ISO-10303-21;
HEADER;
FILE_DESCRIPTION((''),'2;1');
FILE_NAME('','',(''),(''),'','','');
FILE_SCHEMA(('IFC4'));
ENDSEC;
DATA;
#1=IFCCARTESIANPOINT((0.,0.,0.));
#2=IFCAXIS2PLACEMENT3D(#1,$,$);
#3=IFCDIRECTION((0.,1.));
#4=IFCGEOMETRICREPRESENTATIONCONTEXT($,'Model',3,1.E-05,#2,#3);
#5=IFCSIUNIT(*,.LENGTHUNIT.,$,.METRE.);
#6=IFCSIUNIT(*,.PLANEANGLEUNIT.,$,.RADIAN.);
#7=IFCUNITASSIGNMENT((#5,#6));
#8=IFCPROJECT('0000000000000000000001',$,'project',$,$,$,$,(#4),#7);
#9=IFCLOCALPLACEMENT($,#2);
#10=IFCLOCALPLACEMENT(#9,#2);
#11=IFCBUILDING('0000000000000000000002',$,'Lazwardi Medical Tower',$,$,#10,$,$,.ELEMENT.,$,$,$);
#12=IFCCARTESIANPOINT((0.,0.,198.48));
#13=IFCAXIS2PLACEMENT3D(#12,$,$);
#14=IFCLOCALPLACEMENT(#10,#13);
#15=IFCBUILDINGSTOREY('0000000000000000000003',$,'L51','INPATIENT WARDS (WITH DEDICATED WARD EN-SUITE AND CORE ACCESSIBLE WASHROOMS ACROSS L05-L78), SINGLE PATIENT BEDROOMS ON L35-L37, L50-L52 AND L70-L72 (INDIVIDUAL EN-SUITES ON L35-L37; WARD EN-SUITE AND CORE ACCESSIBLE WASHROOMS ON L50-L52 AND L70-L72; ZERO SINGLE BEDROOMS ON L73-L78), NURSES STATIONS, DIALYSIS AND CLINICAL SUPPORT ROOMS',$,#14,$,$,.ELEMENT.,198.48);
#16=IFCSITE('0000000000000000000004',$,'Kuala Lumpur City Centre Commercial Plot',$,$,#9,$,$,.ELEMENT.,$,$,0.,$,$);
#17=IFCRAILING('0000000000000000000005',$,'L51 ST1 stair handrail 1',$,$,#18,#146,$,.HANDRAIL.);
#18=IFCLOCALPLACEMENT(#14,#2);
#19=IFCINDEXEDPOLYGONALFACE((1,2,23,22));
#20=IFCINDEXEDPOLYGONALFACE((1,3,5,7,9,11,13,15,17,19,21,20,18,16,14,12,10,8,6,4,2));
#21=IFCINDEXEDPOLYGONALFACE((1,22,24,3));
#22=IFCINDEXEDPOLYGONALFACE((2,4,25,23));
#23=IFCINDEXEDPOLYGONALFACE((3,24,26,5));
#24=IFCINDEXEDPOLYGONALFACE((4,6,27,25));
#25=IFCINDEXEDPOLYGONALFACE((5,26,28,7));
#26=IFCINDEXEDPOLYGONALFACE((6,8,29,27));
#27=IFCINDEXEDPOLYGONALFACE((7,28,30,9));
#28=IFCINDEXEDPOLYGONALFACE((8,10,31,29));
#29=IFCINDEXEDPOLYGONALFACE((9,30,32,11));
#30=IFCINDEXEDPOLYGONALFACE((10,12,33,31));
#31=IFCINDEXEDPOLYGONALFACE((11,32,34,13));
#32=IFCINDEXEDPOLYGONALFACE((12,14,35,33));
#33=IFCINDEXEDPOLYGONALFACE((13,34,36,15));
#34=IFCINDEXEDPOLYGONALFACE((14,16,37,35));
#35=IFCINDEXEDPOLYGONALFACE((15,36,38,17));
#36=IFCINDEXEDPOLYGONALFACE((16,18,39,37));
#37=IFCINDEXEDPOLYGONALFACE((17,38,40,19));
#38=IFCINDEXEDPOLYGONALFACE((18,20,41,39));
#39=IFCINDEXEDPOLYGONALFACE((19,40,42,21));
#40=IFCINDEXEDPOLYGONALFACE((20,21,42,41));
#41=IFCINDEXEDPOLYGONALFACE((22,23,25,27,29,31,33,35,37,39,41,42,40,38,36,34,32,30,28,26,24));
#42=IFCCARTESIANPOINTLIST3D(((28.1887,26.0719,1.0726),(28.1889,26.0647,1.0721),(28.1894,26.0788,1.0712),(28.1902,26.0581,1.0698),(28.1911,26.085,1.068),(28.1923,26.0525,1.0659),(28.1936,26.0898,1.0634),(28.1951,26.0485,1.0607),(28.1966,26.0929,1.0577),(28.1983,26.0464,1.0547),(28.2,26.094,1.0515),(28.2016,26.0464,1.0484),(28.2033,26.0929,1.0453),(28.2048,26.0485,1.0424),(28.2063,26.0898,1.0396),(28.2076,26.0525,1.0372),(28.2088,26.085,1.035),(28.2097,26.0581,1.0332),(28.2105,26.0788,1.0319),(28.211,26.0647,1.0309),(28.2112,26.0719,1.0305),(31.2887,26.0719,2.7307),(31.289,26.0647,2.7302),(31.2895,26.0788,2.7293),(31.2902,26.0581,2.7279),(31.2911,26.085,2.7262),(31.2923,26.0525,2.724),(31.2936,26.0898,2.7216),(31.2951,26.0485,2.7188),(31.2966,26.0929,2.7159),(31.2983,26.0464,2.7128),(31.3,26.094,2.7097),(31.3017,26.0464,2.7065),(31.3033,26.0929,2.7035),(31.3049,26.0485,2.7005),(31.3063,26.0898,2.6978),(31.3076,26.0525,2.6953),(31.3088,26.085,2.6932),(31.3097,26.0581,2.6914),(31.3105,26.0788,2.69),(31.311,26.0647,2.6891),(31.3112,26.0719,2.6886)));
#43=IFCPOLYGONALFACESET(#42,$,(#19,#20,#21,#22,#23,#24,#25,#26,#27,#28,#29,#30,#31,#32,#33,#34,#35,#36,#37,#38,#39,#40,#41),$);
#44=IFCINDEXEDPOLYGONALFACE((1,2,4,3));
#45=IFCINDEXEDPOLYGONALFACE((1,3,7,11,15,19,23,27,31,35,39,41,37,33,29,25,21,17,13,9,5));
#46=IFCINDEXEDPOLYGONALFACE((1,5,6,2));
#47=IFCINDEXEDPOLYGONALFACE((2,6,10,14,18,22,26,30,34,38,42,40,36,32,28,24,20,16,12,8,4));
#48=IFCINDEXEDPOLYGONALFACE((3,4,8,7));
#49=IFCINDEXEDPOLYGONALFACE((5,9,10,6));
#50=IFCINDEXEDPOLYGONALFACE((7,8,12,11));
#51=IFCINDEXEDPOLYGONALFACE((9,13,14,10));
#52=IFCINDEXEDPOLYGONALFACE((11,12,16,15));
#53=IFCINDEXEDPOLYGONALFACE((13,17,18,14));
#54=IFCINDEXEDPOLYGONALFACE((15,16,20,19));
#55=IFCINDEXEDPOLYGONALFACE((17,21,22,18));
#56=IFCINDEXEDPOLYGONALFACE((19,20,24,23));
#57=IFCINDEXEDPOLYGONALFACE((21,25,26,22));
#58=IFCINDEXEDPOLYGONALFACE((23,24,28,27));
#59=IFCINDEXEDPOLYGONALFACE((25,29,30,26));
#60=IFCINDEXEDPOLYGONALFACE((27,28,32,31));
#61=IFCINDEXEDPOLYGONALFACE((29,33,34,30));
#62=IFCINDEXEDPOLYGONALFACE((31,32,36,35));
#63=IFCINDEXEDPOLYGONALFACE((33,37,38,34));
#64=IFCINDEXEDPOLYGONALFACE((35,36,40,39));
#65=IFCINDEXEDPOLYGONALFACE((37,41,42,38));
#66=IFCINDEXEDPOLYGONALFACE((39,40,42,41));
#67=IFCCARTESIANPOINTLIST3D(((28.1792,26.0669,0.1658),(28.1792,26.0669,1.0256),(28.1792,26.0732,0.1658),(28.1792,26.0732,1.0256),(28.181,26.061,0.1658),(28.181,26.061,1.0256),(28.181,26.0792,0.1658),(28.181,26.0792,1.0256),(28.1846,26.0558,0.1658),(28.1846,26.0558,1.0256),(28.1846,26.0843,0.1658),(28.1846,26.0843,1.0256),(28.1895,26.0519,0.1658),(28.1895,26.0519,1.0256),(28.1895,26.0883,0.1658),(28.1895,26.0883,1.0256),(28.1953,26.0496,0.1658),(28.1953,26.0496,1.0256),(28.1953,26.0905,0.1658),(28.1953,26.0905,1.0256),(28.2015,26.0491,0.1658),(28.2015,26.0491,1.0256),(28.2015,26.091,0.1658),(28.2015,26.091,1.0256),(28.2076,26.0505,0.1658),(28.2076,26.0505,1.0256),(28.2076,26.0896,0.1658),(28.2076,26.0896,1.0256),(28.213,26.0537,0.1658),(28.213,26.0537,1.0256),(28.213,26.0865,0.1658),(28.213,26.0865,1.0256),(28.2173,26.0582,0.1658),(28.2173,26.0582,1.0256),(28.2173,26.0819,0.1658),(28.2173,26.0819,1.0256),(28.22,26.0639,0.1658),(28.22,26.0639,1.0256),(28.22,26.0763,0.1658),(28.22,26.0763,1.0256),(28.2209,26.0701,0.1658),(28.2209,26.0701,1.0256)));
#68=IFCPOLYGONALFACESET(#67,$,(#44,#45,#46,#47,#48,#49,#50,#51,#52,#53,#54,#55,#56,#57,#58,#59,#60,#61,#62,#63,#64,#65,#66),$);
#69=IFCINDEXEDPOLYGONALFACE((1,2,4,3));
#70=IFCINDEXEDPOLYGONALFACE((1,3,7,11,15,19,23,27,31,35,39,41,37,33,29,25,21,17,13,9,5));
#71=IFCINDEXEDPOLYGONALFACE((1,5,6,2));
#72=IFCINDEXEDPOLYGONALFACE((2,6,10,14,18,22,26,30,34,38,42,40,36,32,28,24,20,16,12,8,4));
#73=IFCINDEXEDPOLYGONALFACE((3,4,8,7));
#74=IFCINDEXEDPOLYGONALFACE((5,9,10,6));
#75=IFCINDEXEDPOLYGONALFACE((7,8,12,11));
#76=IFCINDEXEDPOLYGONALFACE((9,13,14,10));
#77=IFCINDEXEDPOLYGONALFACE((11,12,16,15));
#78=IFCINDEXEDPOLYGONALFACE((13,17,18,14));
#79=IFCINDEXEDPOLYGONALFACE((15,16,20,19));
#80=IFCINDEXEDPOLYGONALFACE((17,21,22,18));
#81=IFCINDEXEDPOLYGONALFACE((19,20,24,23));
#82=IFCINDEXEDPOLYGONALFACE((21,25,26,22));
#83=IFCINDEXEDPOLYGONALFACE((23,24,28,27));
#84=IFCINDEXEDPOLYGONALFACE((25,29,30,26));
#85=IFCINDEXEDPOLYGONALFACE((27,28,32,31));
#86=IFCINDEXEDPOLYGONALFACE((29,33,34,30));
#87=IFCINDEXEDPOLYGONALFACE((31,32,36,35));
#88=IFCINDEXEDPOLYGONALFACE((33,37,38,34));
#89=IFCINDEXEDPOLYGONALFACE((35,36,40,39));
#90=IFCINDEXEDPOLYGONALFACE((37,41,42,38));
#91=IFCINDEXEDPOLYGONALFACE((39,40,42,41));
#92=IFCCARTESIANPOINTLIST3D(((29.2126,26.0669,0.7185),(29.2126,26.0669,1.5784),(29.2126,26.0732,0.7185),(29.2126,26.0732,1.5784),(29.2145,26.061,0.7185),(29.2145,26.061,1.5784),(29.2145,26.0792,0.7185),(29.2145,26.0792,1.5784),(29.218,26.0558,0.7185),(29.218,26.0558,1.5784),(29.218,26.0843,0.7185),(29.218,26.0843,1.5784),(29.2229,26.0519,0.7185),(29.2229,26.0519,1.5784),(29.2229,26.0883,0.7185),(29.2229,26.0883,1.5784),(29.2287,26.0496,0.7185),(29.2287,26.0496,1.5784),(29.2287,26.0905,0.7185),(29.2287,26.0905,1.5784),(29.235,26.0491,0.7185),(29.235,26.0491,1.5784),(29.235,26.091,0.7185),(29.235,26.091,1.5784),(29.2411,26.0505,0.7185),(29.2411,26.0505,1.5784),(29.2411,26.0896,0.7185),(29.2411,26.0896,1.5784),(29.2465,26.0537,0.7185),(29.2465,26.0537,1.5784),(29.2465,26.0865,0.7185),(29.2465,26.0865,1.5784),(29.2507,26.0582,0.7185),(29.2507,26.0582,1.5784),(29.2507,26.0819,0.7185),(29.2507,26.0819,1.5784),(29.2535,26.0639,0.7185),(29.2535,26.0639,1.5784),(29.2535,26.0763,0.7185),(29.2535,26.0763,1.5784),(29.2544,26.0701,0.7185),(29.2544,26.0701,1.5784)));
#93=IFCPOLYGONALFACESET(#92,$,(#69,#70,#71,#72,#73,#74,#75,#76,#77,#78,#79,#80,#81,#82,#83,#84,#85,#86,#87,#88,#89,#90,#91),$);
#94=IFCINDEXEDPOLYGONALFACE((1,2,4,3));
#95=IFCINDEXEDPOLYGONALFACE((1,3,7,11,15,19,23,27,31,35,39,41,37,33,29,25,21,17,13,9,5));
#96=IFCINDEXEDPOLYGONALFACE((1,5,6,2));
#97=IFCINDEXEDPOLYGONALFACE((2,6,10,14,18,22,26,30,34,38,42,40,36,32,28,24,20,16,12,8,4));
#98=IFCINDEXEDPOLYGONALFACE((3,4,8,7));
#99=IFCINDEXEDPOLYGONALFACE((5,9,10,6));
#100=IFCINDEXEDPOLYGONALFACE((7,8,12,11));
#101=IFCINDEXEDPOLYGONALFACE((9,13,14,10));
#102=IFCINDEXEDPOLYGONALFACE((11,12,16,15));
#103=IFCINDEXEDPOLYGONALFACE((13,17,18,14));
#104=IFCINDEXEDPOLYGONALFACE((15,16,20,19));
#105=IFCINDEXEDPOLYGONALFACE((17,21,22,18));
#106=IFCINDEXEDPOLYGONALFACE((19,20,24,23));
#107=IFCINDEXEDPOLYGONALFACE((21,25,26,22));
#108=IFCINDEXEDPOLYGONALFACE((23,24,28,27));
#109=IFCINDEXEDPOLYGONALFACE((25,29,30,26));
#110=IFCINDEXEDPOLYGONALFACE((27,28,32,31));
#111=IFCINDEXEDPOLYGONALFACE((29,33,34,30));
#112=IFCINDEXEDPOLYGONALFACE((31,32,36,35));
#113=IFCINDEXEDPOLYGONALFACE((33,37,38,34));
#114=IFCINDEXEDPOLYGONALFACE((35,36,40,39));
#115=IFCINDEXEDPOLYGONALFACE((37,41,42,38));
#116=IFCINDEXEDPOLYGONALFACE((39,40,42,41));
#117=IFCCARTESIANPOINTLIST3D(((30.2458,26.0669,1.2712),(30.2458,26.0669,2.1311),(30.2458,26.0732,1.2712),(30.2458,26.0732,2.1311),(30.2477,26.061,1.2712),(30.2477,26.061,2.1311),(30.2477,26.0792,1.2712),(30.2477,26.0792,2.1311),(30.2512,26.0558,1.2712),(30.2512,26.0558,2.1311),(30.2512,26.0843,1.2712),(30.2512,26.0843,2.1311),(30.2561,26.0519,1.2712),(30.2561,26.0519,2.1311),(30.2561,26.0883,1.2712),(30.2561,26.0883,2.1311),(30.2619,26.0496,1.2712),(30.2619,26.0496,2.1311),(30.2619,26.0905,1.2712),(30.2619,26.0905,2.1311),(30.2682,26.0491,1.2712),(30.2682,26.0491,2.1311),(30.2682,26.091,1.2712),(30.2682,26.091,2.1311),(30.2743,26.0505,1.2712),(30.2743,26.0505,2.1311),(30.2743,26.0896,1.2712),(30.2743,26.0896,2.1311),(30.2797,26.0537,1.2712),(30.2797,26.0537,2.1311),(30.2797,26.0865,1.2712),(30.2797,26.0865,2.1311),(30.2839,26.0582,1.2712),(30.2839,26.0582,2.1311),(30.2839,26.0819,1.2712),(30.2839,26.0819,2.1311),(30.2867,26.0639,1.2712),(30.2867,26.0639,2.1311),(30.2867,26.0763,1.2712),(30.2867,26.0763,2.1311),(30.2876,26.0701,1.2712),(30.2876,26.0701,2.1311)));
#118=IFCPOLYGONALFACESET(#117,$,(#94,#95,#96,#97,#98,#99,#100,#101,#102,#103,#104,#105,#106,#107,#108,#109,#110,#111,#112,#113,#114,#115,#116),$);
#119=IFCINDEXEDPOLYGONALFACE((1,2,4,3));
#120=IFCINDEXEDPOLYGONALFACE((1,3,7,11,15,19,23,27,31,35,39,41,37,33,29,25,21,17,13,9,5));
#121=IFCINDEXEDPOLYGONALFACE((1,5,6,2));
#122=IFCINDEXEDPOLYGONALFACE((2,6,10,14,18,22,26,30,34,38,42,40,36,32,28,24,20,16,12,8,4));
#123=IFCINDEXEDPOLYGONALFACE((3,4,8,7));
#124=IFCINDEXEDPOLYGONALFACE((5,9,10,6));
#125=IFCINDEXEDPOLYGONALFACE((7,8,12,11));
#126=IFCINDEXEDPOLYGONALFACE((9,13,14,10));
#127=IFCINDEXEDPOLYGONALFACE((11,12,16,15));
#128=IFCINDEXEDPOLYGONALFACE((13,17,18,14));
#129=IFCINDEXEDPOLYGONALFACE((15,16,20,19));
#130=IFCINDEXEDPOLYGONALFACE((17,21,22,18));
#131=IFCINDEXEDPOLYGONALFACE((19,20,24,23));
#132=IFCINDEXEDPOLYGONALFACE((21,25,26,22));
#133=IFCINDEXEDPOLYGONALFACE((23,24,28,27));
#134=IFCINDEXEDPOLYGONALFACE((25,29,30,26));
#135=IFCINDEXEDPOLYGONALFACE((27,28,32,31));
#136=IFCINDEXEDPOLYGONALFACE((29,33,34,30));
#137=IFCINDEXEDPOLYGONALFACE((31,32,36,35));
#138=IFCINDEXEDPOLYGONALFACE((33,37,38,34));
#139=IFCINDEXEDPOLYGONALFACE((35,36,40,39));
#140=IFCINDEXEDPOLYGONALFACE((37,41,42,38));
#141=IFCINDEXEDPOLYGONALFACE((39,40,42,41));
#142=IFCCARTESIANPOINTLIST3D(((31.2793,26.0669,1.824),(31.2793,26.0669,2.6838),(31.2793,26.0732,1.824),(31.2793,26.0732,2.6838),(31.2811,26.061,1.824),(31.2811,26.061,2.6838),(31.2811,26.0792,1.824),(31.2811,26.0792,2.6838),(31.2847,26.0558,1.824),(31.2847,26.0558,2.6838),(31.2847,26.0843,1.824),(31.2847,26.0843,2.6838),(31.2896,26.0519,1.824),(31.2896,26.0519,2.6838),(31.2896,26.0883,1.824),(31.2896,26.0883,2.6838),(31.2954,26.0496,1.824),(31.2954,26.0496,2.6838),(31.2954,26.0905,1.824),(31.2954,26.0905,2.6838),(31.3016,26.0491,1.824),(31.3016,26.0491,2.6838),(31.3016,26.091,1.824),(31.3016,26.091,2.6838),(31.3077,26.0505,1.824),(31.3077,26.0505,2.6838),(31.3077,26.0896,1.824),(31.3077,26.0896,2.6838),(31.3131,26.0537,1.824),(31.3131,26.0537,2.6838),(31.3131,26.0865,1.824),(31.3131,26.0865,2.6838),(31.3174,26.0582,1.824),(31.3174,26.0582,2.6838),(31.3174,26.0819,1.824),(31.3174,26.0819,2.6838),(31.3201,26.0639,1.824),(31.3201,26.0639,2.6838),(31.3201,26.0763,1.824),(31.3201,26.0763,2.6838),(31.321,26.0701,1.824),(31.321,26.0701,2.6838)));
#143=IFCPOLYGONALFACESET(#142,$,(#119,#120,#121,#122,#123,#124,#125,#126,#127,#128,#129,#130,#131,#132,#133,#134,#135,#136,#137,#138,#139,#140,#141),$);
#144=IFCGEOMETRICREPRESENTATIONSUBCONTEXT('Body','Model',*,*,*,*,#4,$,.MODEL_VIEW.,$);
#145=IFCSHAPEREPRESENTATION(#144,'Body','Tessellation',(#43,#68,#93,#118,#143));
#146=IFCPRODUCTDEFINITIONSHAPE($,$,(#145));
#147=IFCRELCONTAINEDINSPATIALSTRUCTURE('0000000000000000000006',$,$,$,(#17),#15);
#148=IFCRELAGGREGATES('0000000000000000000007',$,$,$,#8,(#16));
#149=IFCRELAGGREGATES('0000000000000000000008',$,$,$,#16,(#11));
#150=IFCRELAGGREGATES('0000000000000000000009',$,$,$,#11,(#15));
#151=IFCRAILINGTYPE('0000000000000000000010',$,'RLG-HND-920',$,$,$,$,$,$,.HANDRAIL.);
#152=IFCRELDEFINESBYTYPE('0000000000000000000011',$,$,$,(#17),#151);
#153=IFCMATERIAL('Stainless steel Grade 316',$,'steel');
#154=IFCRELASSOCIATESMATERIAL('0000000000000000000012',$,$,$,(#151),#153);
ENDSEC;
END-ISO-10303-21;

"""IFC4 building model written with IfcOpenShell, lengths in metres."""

from ifc_helpers import new_model, si_unit, direction, frame, origin, origin_2d, place, context, subcontext, project, spatial, circle, extrude, material, type_object, element, save


model = new_model("IFC4")

# Units and contexts
model_context = context("Model", 3, precision=1e-05, world=origin(), true_north=direction((0.0, 1.0)))
body_context = subcontext(model_context, "Body", "Model", "MODEL_VIEW")
ifc_project = project(units=[si_unit("LENGTHUNIT", "METRE"), si_unit("PLANEANGLEUNIT", "RADIAN")], contexts=[model_context])

# Site, building, storey
site_placement = place(None, origin())
site = spatial("IfcSite", under=ifc_project, at=site_placement, Name="Kuala Lumpur City Centre Commercial Plot", CompositionType="ELEMENT", RefElevation=0.0)
building_placement = place(site_placement, origin())
building = spatial("IfcBuilding", under=site, at=building_placement, Name="Lazwardi Medical Tower", CompositionType="ELEMENT")
storey_placement = place(building_placement, frame((0.0, 0.0, 198.48)))
storey = spatial("IfcBuildingStorey", under=building, at=storey_placement, Name="L51", Description="INPATIENT WARDS (WITH DEDICATED WARD EN-SUITE AND CORE ACCESSIBLE WASHROOMS ACROSS L05-L78), SINGLE PATIENT BEDROOMS ON L35-L37, L50-L52 AND L70-L72 (INDIVIDUAL EN-SUITES ON L35-L37; WARD EN-SUITE AND CORE ACCESSIBLE WASHROOMS ON L50-L52 AND L70-L72; ZERO SINGLE BEDROOMS ON L73-L78), NURSES STATIONS, DIALYSIS AND CLINICAL SUPPORT ROOMS", CompositionType="ELEMENT", Elevation=198.48)

# Railing
ifc_material_1 = material(Name="Stainless steel Grade 316", Category="steel")
railing_type_1 = type_object("IfcRailingType", Name="RLG-HND-920", PredefinedType="HANDRAIL", material=ifc_material_1)
railing_1_placement = place(storey_placement, frame((28.2, 26.0701, 0.1658)))
element("IfcRailing", 1, at=railing_1_placement, inside=storey, type_object=railing_type_1, Name="L51 ST1 stair handrail 1", PredefinedType="HANDRAIL", context=body_context, shape_type="SweptSolid", body=[
    extrude(circle(Radius=0.0239, at=origin_2d()), frame((0.0, 0.0, 0.8857), z_axis=(0.881783, 0.0, 0.471655), x_axis=(0.0, 1.0, 0.0)), (0.0, 0.0, 1.0), 3.5156),
    extrude(circle(Radius=0.021, at=origin_2d()), origin(), (0.0, 0.0, 1.0), 0.8599),
    extrude(circle(Radius=0.021, at=origin_2d()), frame((1.0334, 0.0, 0.5527)), (0.0, 0.0, 1.0), 0.8599),
    extrude(circle(Radius=0.021, at=origin_2d()), frame((2.0667, 0.0, 1.1055)), (0.0, 0.0, 1.0), 0.8599),
    extrude(circle(Radius=0.021, at=origin_2d()), frame((3.1001, 0.0, 1.6582)), (0.0, 0.0, 1.0), 0.8599),
])

save(model, "model.ifc")
